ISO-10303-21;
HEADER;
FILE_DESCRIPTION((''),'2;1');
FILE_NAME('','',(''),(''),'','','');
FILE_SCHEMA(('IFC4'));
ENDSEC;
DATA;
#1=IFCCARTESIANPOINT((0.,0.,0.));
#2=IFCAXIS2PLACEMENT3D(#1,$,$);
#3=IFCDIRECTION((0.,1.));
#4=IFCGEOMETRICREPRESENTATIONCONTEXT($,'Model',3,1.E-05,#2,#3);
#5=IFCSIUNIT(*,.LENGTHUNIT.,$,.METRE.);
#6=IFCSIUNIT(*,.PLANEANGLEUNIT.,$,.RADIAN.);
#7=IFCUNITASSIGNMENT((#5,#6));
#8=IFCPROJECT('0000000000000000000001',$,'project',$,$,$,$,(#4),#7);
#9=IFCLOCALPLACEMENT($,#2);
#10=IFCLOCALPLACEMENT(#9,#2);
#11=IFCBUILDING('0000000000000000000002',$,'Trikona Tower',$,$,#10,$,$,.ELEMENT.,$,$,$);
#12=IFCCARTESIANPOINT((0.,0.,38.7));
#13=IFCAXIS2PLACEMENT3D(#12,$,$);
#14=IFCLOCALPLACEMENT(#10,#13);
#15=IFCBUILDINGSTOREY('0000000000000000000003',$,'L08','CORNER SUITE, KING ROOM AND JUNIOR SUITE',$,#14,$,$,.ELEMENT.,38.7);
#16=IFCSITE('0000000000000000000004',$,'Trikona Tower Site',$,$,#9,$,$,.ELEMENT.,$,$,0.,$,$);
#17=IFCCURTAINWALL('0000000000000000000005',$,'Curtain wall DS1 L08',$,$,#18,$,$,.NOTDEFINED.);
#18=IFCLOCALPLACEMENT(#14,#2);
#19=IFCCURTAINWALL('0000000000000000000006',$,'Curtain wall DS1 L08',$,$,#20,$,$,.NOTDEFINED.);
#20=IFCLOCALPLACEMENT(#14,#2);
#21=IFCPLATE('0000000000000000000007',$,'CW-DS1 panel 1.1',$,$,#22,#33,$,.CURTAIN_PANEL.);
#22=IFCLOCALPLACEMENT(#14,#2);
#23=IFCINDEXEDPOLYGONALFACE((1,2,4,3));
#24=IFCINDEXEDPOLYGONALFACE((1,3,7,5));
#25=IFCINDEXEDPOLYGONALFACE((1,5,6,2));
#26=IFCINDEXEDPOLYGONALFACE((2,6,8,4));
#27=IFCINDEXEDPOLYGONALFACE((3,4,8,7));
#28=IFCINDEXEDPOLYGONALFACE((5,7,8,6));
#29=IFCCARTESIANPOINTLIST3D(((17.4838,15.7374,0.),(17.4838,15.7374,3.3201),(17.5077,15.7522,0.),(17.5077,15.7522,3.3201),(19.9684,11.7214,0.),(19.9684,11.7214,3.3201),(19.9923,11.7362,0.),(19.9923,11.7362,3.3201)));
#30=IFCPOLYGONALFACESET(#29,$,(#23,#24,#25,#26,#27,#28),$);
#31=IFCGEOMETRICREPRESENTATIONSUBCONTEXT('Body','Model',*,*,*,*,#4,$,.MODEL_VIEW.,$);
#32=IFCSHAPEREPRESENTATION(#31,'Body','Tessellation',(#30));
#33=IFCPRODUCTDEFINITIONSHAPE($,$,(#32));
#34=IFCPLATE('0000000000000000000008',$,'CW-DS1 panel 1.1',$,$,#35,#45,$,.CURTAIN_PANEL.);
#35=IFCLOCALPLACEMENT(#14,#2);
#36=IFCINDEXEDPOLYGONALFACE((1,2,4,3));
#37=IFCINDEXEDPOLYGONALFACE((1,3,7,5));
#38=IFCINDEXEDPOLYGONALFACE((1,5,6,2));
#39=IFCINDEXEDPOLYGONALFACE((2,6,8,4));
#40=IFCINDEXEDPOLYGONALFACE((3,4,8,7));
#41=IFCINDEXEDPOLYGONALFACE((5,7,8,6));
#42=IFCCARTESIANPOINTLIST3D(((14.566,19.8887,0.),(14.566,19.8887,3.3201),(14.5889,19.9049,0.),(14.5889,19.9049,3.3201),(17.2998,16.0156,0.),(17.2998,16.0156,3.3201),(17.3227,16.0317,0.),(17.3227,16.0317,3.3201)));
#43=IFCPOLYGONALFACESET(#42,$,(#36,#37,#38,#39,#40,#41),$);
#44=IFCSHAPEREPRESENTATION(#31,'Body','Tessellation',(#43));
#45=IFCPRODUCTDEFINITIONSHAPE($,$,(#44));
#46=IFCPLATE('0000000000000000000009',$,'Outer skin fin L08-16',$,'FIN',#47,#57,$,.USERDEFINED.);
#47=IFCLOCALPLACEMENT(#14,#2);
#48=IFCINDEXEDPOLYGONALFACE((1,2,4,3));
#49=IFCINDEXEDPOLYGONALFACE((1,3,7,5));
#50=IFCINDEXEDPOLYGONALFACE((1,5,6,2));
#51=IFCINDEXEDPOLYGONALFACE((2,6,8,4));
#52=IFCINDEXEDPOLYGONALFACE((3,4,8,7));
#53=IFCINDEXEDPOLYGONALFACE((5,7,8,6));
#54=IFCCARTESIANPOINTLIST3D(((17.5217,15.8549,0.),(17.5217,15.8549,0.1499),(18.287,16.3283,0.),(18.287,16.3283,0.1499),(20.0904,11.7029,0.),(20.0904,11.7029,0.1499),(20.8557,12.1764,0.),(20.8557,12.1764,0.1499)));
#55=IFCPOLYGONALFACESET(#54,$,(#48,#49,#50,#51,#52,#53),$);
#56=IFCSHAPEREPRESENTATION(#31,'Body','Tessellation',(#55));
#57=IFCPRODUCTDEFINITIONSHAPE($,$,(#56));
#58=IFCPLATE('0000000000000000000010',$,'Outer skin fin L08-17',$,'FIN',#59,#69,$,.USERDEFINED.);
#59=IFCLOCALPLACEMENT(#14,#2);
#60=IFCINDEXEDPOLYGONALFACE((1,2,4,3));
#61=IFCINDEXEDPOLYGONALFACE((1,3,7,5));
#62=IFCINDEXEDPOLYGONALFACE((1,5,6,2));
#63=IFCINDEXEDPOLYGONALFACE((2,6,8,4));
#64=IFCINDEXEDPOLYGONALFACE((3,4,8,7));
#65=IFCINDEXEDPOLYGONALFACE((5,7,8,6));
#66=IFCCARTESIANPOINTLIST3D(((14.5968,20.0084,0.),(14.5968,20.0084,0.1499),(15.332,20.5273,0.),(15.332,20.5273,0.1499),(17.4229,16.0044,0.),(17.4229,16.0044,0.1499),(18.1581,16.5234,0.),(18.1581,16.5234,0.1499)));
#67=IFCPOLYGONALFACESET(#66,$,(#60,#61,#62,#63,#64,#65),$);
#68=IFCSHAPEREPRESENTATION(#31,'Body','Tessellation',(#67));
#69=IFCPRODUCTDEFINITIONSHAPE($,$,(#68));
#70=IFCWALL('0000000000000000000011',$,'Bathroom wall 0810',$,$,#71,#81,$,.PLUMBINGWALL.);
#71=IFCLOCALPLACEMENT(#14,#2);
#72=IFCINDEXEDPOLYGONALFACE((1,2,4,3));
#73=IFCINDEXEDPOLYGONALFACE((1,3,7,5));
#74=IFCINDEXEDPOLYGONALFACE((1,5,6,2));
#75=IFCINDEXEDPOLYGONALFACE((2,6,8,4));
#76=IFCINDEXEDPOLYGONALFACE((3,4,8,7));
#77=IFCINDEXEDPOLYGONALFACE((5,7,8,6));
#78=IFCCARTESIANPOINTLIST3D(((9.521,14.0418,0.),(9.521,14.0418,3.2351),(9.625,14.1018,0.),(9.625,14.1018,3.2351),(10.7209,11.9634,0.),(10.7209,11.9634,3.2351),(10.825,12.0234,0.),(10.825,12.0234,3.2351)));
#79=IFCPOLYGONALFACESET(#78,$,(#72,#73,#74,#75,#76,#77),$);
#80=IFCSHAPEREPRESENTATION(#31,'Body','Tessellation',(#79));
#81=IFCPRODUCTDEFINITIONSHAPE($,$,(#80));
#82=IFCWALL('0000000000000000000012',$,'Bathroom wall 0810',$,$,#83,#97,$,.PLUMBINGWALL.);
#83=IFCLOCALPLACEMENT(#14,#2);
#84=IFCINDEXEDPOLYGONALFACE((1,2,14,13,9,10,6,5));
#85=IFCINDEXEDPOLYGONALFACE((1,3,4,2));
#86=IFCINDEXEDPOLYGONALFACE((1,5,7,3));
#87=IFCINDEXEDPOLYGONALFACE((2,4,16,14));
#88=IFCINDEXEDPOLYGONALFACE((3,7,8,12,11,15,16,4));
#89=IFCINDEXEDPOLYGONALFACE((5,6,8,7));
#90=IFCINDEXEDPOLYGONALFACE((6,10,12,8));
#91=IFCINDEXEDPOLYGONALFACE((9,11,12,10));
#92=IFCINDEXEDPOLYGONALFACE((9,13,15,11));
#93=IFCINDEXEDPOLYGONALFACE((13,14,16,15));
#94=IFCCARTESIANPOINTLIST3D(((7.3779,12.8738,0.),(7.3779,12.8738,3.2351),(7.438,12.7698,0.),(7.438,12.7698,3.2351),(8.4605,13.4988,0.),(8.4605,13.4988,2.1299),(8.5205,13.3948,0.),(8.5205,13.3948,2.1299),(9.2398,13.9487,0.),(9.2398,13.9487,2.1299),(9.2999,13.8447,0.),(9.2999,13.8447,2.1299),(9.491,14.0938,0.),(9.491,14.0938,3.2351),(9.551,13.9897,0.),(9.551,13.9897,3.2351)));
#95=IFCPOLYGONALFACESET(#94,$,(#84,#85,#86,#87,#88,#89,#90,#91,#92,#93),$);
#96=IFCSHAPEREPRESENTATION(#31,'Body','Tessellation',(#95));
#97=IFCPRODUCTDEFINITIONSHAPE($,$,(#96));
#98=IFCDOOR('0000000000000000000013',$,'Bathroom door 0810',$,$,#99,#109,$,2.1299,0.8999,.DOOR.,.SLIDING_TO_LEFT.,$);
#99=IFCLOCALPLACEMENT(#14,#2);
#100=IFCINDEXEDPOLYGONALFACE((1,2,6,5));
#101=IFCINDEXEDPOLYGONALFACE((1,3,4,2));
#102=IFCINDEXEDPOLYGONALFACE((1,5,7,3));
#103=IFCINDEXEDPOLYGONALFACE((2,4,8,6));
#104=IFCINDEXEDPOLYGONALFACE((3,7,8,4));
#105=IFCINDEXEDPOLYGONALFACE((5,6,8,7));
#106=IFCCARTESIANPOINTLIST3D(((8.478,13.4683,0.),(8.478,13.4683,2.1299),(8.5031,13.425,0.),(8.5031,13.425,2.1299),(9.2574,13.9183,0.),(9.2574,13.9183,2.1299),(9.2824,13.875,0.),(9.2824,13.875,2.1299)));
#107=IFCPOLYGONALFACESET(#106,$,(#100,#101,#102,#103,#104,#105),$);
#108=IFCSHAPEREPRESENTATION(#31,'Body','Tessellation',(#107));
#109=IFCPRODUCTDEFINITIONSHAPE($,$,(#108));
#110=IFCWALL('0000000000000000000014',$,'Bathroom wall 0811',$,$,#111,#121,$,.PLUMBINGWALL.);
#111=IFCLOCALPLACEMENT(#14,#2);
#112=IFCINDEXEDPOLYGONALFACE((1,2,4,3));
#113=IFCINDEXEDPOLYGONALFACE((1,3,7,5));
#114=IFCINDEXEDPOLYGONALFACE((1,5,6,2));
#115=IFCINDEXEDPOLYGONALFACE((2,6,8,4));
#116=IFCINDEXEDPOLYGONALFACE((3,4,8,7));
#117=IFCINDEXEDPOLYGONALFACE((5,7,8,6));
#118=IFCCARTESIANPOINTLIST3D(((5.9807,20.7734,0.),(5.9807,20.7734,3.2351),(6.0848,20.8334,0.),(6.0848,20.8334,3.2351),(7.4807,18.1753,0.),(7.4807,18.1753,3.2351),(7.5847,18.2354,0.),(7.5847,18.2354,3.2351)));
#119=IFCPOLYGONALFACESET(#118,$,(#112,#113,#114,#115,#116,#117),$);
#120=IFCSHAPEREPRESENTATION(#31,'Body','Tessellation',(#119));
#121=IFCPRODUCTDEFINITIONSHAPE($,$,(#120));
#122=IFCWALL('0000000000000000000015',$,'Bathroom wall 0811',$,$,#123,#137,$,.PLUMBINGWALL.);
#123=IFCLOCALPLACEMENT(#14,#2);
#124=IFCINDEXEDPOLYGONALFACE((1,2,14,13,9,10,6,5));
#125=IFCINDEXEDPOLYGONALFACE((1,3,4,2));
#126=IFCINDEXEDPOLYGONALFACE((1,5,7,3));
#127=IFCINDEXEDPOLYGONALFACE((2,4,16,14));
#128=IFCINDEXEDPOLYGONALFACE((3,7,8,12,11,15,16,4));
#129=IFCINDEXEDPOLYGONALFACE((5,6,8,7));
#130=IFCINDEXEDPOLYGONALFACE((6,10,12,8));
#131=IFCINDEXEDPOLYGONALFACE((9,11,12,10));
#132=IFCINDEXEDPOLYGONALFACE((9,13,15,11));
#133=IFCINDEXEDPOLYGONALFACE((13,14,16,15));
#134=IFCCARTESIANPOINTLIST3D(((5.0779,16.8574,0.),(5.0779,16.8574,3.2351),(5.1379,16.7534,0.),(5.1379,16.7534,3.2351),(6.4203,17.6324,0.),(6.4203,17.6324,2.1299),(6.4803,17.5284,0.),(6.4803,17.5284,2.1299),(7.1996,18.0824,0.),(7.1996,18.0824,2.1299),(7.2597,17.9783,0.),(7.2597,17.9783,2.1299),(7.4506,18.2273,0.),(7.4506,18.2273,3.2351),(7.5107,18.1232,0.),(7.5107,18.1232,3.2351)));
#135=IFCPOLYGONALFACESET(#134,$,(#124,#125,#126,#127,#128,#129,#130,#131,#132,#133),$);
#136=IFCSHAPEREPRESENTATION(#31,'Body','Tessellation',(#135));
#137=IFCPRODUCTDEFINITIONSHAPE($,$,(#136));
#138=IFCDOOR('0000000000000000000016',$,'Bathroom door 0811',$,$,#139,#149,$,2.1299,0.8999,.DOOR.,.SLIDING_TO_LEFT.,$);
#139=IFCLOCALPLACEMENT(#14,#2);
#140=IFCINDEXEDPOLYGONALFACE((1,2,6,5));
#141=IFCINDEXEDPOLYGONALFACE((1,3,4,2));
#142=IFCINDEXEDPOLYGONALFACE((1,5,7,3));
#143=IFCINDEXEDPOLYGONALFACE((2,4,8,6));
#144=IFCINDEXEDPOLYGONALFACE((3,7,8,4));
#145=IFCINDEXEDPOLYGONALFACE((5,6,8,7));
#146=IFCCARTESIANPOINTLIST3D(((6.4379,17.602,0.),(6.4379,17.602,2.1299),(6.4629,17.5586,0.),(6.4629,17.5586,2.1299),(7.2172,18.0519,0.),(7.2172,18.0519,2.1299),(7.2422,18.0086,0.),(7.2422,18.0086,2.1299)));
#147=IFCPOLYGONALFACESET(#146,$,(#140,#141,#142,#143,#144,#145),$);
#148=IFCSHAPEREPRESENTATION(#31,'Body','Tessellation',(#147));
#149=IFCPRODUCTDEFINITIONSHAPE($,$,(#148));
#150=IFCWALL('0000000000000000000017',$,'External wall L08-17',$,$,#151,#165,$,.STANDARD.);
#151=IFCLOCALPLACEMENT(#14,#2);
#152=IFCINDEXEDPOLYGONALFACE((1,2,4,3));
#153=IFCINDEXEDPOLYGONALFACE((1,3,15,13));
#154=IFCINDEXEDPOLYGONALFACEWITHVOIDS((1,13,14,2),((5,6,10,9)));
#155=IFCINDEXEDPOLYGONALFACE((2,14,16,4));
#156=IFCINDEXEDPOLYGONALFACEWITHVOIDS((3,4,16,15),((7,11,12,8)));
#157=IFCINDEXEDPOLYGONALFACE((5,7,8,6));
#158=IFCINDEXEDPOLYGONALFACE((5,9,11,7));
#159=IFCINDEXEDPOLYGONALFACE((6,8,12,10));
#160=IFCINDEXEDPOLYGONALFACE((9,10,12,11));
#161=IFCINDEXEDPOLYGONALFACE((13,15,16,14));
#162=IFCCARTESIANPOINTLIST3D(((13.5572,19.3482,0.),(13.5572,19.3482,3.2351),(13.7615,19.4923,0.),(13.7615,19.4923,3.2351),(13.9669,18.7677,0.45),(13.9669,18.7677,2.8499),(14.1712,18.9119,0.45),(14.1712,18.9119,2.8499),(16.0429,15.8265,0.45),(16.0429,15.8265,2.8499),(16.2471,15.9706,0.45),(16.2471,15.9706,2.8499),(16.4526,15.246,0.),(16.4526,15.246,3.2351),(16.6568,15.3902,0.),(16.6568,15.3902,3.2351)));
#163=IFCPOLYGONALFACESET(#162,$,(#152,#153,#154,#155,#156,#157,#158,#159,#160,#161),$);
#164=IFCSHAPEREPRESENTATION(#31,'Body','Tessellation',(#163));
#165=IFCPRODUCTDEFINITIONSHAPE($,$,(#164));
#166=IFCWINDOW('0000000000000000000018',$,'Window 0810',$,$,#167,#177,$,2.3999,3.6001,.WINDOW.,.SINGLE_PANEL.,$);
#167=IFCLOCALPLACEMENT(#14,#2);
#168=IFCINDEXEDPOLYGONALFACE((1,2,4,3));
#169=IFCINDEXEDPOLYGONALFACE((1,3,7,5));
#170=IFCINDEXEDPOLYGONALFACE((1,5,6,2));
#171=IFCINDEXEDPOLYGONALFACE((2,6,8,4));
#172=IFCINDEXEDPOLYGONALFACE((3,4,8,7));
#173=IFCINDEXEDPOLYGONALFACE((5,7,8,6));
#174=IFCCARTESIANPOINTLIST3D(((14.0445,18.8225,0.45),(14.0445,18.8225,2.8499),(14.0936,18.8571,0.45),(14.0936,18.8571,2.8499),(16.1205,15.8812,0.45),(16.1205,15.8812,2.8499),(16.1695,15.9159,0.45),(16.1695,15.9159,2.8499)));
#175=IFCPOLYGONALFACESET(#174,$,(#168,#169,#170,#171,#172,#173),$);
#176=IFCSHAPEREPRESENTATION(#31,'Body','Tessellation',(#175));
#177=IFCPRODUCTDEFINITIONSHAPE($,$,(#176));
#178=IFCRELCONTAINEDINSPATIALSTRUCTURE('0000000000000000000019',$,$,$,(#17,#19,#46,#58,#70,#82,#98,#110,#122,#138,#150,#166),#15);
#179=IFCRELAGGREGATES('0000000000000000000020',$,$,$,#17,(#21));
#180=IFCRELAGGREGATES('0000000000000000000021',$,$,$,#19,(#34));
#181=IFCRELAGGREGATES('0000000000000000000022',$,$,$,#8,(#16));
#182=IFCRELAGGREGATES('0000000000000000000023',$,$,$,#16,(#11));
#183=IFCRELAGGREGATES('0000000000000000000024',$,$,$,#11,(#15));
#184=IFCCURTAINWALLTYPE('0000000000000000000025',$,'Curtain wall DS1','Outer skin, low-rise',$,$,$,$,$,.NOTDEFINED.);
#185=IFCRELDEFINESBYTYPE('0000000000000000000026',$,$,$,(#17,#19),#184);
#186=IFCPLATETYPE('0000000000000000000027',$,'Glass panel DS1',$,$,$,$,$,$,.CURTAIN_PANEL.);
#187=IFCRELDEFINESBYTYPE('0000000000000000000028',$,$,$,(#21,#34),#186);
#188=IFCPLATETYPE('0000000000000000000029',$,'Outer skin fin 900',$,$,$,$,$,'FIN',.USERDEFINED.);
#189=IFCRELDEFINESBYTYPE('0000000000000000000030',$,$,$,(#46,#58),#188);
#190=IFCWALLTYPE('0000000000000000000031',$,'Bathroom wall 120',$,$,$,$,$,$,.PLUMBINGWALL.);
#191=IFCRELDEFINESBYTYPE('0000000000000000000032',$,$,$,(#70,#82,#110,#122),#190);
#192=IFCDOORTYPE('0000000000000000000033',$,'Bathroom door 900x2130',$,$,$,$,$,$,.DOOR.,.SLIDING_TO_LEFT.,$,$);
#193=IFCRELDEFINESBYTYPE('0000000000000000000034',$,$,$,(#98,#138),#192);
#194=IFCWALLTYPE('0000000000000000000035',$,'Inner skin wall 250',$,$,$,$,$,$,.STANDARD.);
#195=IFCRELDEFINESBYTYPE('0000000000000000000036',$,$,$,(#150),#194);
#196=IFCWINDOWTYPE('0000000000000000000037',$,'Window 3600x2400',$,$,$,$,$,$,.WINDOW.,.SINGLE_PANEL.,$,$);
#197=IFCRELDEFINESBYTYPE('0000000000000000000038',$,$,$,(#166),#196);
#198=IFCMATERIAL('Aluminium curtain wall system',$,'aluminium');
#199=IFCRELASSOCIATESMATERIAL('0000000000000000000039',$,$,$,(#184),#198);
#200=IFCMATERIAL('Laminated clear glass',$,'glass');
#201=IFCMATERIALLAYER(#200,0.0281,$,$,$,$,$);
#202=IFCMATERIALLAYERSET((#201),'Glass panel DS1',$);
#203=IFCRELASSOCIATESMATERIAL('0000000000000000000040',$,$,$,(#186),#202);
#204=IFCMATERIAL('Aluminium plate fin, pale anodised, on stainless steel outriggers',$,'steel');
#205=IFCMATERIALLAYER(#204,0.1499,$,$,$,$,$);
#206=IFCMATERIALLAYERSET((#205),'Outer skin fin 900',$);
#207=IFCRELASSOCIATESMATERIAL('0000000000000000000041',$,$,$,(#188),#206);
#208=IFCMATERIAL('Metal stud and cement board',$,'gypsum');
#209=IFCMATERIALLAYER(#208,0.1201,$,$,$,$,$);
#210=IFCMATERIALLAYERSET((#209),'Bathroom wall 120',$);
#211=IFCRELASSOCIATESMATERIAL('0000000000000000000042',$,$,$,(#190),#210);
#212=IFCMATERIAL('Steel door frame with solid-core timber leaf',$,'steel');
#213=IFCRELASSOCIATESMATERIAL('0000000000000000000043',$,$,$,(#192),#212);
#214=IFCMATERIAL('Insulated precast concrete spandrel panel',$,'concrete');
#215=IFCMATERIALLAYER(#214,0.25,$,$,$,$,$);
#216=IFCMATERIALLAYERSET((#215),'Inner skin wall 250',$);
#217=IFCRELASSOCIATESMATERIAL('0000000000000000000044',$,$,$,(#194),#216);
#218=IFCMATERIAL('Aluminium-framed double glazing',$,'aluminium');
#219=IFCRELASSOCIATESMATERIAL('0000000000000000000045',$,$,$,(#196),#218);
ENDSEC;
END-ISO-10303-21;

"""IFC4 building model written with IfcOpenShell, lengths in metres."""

from ifc_helpers import new_model, si_unit, direction, frame, frame_2d, origin, origin_2d, place, context, subcontext, project, spatial, rectangle, extrude, material, layer, layer_set, type_object, element, fill, aggregate, save


model = new_model("IFC4")

# Units and contexts
model_context = context("Model", 3, precision=1e-05, world=origin(), true_north=direction((0.0, 1.0)))
body_context = subcontext(model_context, "Body", "Model", "MODEL_VIEW")
ifc_project = project(units=[si_unit("LENGTHUNIT", "METRE"), si_unit("PLANEANGLEUNIT", "RADIAN")], contexts=[model_context])

# Site, building, storey
site_placement = place(None, origin())
site = spatial("IfcSite", under=ifc_project, at=site_placement, Name="Trikona Tower Site", CompositionType="ELEMENT", RefElevation=0.0)
building_placement = place(site_placement, origin())
building = spatial("IfcBuilding", under=site, at=building_placement, Name="Trikona Tower", CompositionType="ELEMENT")
storey_placement = place(building_placement, frame((0.0, 0.0, 38.7)))
storey = spatial("IfcBuildingStorey", under=building, at=storey_placement, Name="L08", Description="CORNER SUITE, KING ROOM AND JUNIOR SUITE", CompositionType="ELEMENT", Elevation=38.7)

# Curtain wall
ifc_material_1 = material(Name="Aluminium curtain wall system", Category="aluminium")
curtain_wall_type = type_object("IfcCurtainWallType", Name="Curtain wall DS1", Description="Outer skin, low-rise", PredefinedType="NOTDEFINED", material=ifc_material_1)
curtain_wall_1_placement = place(storey_placement, origin())
curtain_wall_1 = element("IfcCurtainWall", 1, at=curtain_wall_1_placement, inside=storey, type_object=curtain_wall_type, Name="Curtain wall DS1 L08", PredefinedType="NOTDEFINED")

# Curtain wall
curtain_wall_2_placement = place(storey_placement, origin())
curtain_wall_2 = element("IfcCurtainWall", 2, at=curtain_wall_2_placement, inside=storey, type_object=curtain_wall_type, Name="Curtain wall DS1 L08", PredefinedType="NOTDEFINED")

# Plates
ifc_material_2 = material(Name="Laminated clear glass", Category="glass")
ifc_layer_1 = layer(ifc_material_2, 0.0281)
ifc_layer_set_1 = layer_set([ifc_layer_1], Name="Glass panel DS1")
plate_type_1 = type_object("IfcPlateType", Name="Glass panel DS1", PredefinedType="CURTAIN_PANEL", material=ifc_layer_set_1)
plate_1_placement = place(storey_placement, frame((18.738, 13.7368, 0.0), z_axis=(0.0, 0.0, 1.0), x_axis=(-0.52612, 0.85041, 0.0)))
plate_1 = element("IfcPlate", 3, at=plate_1_placement, type_object=plate_type_1, Name="CW-DS1 panel 1.1", PredefinedType="CURTAIN_PANEL", context=body_context, shape_type="SweptSolid", body=[
    extrude(rectangle(XDim=4.7224, YDim=0.0281, at=origin_2d()), origin(), (0.0, 0.0, 1.0), 3.3201),
])
aggregate(curtain_wall_1, [plate_1])
plate_2_placement = place(storey_placement, frame((15.9443, 17.9602, 0.0), z_axis=(0.0, 0.0, 1.0), x_axis=(-0.576658, 0.816985, 0.0)))
plate_2 = element("IfcPlate", 4, at=plate_2_placement, type_object=plate_type_1, Name="CW-DS1 panel 1.1", PredefinedType="CURTAIN_PANEL", context=body_context, shape_type="SweptSolid", body=[
    extrude(rectangle(XDim=4.7407, YDim=0.0281, at=origin_2d()), origin(), (0.0, 0.0, 1.0), 3.3201),
])
aggregate(curtain_wall_2, [plate_2])

# Plates
ifc_material_3 = material(Name="Aluminium plate fin, pale anodised, on stainless steel outriggers", Category="steel")
ifc_layer_2 = layer(ifc_material_3, 0.1499)
ifc_layer_set_2 = layer_set([ifc_layer_2], Name="Outer skin fin 900")
plate_type_2 = type_object("IfcPlateType", Name="Outer skin fin 900", ElementType="FIN", PredefinedType="USERDEFINED", material=ifc_layer_set_2)
plate_3_placement = place(storey_placement, frame((19.1887, 14.0156, 0.0), z_axis=(0.0, 0.0, 1.0), x_axis=(-0.526119, 0.850411, 0.0)))
element("IfcPlate", 5, at=plate_3_placement, inside=storey, type_object=plate_type_2, Name="Outer skin fin L08-16", ObjectType="FIN", PredefinedType="USERDEFINED", context=body_context, shape_type="SweptSolid", body=[
    extrude(rectangle(XDim=4.8823, YDim=0.8999, at=origin_2d()), origin(), (0.0, 0.0, 1.0), 0.1499),
])
plate_4_placement = place(storey_placement, frame((16.3774, 18.2659, 0.0), z_axis=(0.0, 0.0, 1.0), x_axis=(-0.576662, 0.816983, 0.0)))
element("IfcPlate", 6, at=plate_4_placement, inside=storey, type_object=plate_type_2, Name="Outer skin fin L08-17", ObjectType="FIN", PredefinedType="USERDEFINED", context=body_context, shape_type="SweptSolid", body=[
    extrude(rectangle(XDim=4.9009, YDim=0.8999, at=origin_2d()), origin(), (0.0, 0.0, 1.0), 0.1499),
])

# Wall
ifc_material_4 = material(Name="Metal stud and cement board", Category="gypsum")
ifc_layer_3 = layer(ifc_material_4, 0.1201)
ifc_layer_set_3 = layer_set([ifc_layer_3], Name="Bathroom wall 120")
wall_type_1 = type_object("IfcWallType", Name="Bathroom wall 120", PredefinedType="PLUMBINGWALL", material=ifc_layer_set_3)
wall_1_placement = place(storey_placement, frame((10.7729, 11.9934, 0.0), z_axis=(0.0, 0.0, 1.0), x_axis=(-0.500001, 0.866025, 0.0)))
element("IfcWall", 7, at=wall_1_placement, inside=storey, type_object=wall_type_1, Name="Bathroom wall 0810", PredefinedType="PLUMBINGWALL", context=body_context, shape_type="SweptSolid", body=[
    extrude(rectangle(XDim=2.3999, YDim=0.1201, at=frame_2d((1.2, 0.0))), origin(), (0.0, 0.0, 1.0), 3.2351),
])

# Wall, opening, door
wall_2_placement = place(storey_placement, frame((7.408, 12.8218, 0.0), z_axis=(0.0, 0.0, 1.0), x_axis=(0.866024, 0.500003, 0.0)))
wall_2 = element("IfcWall", 8, at=wall_2_placement, inside=storey, type_object=wall_type_1, Name="Bathroom wall 0810", PredefinedType="PLUMBINGWALL", context=body_context, shape_type="SweptSolid", body=[
    extrude(rectangle(XDim=2.4399, YDim=0.1201, at=frame_2d((1.22, 0.0))), origin(), (0.0, 0.0, 1.0), 3.2351),
])
opening_1_placement = place(wall_2_placement, frame((1.25, 0.0, 0.0)))
opening_1 = element("IfcOpeningElement", 9, at=opening_1_placement, cuts=wall_2, PredefinedType="OPENING", context=body_context, shape_type="SweptSolid", body=[
    extrude(rectangle(XDim=0.8999, YDim=2.1299, at=frame_2d((0.45, 1.0649))), frame((0.0, 0.0701, 0.0), z_axis=(0.0, -1.0, 0.0), x_axis=(1.0, 0.0, 0.0)), (0.0, 0.0, 1.0), 0.1401),
])
ifc_material_5 = material(Name="Steel door frame with solid-core timber leaf", Category="steel")
door_type_1 = type_object("IfcDoorType", Name="Bathroom door 900x2130", OperationType="SLIDING_TO_LEFT", PredefinedType="DOOR", material=ifc_material_5)
door_1_placement = place(opening_1_placement, origin())
door_1 = element("IfcDoor", 10, at=door_1_placement, inside=storey, type_object=door_type_1, Name="Bathroom door 0810", OperationType="SLIDING_TO_LEFT", OverallHeight=2.1299, OverallWidth=0.8999, PredefinedType="DOOR", context=body_context, shape_type="SweptSolid", body=[
    extrude(rectangle(XDim=0.8999, YDim=2.1299, at=frame_2d((0.45, 1.0649))), frame((0.0, 0.0249, 0.0), z_axis=(0.0, -1.0, 0.0), x_axis=(1.0, 0.0, 0.0)), (0.0, 0.0, 1.0), 0.05),
])
fill(opening_1, door_1)

# Wall
wall_3_placement = place(storey_placement, frame((7.5327, 18.2053, 0.0), z_axis=(0.0, 0.0, 1.0), x_axis=(-0.49999, 0.866031, 0.0)))
element("IfcWall", 11, at=wall_3_placement, inside=storey, type_object=wall_type_1, Name="Bathroom wall 0811", PredefinedType="PLUMBINGWALL", context=body_context, shape_type="SweptSolid", body=[
    extrude(rectangle(XDim=3.0, YDim=0.1201, at=frame_2d((1.5, 0.0))), origin(), (0.0, 0.0, 1.0), 3.2351),
])

# Wall, opening, door
wall_4_placement = place(storey_placement, frame((5.1079, 16.8054, 0.0), z_axis=(0.0, 0.0, 1.0), x_axis=(0.866036, 0.499982, 0.0)))
wall_4 = element("IfcWall", 12, at=wall_4_placement, inside=storey, type_object=wall_type_1, Name="Bathroom wall 0811", PredefinedType="PLUMBINGWALL", context=body_context, shape_type="SweptSolid", body=[
    extrude(rectangle(XDim=2.7397, YDim=0.1201, at=frame_2d((1.3699, 0.0))), origin(), (0.0, 0.0, 1.0), 3.2351),
])
opening_2_placement = place(wall_4_placement, frame((1.55, 0.0, 0.0)))
opening_2 = element("IfcOpeningElement", 13, at=opening_2_placement, cuts=wall_4, PredefinedType="OPENING", context=body_context, shape_type="SweptSolid", body=[
    extrude(rectangle(XDim=0.8999, YDim=2.1299, at=frame_2d((0.45, 1.0649))), frame((0.0, 0.0701, 0.0), z_axis=(0.0, -1.0, 0.0), x_axis=(1.0, 0.0, 0.0)), (0.0, 0.0, 1.0), 0.1401),
])
door_2_placement = place(opening_2_placement, origin())
door_2 = element("IfcDoor", 14, at=door_2_placement, inside=storey, type_object=door_type_1, Name="Bathroom door 0811", OperationType="SLIDING_TO_LEFT", OverallHeight=2.1299, OverallWidth=0.8999, PredefinedType="DOOR", context=body_context, shape_type="SweptSolid", body=[
    extrude(rectangle(XDim=0.8999, YDim=2.1299, at=frame_2d((0.45, 1.0649))), frame((0.0, 0.0249, 0.0), z_axis=(0.0, -1.0, 0.0), x_axis=(1.0, 0.0, 0.0)), (0.0, 0.0, 1.0), 0.05),
])
fill(opening_2, door_2)

# Wall, opening, window
ifc_material_6 = material(Name="Insulated precast concrete spandrel panel", Category="concrete")
ifc_layer_4 = layer(ifc_material_6, 0.25)
ifc_layer_set_4 = layer_set([ifc_layer_4], Name="Inner skin wall 250")
wall_type_2 = type_object("IfcWallType", Name="Inner skin wall 250", PredefinedType="STANDARD", material=ifc_layer_set_4)
wall_5_placement = place(storey_placement, frame((16.5547, 15.3181, 0.0), z_axis=(0.0, 0.0, 1.0), x_axis=(-0.576643, 0.816996, 0.0)))
wall_5 = element("IfcWall", 15, at=wall_5_placement, inside=storey, type_object=wall_type_2, Name="External wall L08-17", PredefinedType="STANDARD", context=body_context, shape_type="SweptSolid", body=[
    extrude(rectangle(XDim=5.021, YDim=0.25, at=frame_2d((2.5105, 0.0))), origin(), (0.0, 0.0, 1.0), 3.2351),
])
opening_3_placement = place(wall_5_placement, frame((0.7104, 0.0, 0.45)))
opening_3 = element("IfcOpeningElement", 16, at=opening_3_placement, cuts=wall_5, PredefinedType="OPENING", context=body_context, shape_type="SweptSolid", body=[
    extrude(rectangle(XDim=3.6001, YDim=2.3999, at=frame_2d((1.8, 1.2))), frame((0.0, 0.135, 0.0), z_axis=(0.0, -1.0, 0.0), x_axis=(1.0, 0.0, 0.0)), (0.0, 0.0, 1.0), 0.27),
])
ifc_material_7 = material(Name="Aluminium-framed double glazing", Category="aluminium")
window_type = type_object("IfcWindowType", Name="Window 3600x2400", PartitioningType="SINGLE_PANEL", PredefinedType="WINDOW", material=ifc_material_7)
window_1_placement = place(opening_3_placement, origin())
window_1 = element("IfcWindow", 17, at=window_1_placement, inside=storey, type_object=window_type, Name="Window 0810", OverallHeight=2.3999, OverallWidth=3.6001, PartitioningType="SINGLE_PANEL", PredefinedType="WINDOW", context=body_context, shape_type="SweptSolid", body=[
    extrude(rectangle(XDim=3.6001, YDim=2.3999, at=frame_2d((1.8, 1.2))), frame((0.0, 0.03, 0.0), z_axis=(0.0, -1.0, 0.0), x_axis=(1.0, 0.0, 0.0)), (0.0, 0.0, 1.0), 0.0601),
])
fill(opening_3, window_1)

save(model, "model.ifc")
